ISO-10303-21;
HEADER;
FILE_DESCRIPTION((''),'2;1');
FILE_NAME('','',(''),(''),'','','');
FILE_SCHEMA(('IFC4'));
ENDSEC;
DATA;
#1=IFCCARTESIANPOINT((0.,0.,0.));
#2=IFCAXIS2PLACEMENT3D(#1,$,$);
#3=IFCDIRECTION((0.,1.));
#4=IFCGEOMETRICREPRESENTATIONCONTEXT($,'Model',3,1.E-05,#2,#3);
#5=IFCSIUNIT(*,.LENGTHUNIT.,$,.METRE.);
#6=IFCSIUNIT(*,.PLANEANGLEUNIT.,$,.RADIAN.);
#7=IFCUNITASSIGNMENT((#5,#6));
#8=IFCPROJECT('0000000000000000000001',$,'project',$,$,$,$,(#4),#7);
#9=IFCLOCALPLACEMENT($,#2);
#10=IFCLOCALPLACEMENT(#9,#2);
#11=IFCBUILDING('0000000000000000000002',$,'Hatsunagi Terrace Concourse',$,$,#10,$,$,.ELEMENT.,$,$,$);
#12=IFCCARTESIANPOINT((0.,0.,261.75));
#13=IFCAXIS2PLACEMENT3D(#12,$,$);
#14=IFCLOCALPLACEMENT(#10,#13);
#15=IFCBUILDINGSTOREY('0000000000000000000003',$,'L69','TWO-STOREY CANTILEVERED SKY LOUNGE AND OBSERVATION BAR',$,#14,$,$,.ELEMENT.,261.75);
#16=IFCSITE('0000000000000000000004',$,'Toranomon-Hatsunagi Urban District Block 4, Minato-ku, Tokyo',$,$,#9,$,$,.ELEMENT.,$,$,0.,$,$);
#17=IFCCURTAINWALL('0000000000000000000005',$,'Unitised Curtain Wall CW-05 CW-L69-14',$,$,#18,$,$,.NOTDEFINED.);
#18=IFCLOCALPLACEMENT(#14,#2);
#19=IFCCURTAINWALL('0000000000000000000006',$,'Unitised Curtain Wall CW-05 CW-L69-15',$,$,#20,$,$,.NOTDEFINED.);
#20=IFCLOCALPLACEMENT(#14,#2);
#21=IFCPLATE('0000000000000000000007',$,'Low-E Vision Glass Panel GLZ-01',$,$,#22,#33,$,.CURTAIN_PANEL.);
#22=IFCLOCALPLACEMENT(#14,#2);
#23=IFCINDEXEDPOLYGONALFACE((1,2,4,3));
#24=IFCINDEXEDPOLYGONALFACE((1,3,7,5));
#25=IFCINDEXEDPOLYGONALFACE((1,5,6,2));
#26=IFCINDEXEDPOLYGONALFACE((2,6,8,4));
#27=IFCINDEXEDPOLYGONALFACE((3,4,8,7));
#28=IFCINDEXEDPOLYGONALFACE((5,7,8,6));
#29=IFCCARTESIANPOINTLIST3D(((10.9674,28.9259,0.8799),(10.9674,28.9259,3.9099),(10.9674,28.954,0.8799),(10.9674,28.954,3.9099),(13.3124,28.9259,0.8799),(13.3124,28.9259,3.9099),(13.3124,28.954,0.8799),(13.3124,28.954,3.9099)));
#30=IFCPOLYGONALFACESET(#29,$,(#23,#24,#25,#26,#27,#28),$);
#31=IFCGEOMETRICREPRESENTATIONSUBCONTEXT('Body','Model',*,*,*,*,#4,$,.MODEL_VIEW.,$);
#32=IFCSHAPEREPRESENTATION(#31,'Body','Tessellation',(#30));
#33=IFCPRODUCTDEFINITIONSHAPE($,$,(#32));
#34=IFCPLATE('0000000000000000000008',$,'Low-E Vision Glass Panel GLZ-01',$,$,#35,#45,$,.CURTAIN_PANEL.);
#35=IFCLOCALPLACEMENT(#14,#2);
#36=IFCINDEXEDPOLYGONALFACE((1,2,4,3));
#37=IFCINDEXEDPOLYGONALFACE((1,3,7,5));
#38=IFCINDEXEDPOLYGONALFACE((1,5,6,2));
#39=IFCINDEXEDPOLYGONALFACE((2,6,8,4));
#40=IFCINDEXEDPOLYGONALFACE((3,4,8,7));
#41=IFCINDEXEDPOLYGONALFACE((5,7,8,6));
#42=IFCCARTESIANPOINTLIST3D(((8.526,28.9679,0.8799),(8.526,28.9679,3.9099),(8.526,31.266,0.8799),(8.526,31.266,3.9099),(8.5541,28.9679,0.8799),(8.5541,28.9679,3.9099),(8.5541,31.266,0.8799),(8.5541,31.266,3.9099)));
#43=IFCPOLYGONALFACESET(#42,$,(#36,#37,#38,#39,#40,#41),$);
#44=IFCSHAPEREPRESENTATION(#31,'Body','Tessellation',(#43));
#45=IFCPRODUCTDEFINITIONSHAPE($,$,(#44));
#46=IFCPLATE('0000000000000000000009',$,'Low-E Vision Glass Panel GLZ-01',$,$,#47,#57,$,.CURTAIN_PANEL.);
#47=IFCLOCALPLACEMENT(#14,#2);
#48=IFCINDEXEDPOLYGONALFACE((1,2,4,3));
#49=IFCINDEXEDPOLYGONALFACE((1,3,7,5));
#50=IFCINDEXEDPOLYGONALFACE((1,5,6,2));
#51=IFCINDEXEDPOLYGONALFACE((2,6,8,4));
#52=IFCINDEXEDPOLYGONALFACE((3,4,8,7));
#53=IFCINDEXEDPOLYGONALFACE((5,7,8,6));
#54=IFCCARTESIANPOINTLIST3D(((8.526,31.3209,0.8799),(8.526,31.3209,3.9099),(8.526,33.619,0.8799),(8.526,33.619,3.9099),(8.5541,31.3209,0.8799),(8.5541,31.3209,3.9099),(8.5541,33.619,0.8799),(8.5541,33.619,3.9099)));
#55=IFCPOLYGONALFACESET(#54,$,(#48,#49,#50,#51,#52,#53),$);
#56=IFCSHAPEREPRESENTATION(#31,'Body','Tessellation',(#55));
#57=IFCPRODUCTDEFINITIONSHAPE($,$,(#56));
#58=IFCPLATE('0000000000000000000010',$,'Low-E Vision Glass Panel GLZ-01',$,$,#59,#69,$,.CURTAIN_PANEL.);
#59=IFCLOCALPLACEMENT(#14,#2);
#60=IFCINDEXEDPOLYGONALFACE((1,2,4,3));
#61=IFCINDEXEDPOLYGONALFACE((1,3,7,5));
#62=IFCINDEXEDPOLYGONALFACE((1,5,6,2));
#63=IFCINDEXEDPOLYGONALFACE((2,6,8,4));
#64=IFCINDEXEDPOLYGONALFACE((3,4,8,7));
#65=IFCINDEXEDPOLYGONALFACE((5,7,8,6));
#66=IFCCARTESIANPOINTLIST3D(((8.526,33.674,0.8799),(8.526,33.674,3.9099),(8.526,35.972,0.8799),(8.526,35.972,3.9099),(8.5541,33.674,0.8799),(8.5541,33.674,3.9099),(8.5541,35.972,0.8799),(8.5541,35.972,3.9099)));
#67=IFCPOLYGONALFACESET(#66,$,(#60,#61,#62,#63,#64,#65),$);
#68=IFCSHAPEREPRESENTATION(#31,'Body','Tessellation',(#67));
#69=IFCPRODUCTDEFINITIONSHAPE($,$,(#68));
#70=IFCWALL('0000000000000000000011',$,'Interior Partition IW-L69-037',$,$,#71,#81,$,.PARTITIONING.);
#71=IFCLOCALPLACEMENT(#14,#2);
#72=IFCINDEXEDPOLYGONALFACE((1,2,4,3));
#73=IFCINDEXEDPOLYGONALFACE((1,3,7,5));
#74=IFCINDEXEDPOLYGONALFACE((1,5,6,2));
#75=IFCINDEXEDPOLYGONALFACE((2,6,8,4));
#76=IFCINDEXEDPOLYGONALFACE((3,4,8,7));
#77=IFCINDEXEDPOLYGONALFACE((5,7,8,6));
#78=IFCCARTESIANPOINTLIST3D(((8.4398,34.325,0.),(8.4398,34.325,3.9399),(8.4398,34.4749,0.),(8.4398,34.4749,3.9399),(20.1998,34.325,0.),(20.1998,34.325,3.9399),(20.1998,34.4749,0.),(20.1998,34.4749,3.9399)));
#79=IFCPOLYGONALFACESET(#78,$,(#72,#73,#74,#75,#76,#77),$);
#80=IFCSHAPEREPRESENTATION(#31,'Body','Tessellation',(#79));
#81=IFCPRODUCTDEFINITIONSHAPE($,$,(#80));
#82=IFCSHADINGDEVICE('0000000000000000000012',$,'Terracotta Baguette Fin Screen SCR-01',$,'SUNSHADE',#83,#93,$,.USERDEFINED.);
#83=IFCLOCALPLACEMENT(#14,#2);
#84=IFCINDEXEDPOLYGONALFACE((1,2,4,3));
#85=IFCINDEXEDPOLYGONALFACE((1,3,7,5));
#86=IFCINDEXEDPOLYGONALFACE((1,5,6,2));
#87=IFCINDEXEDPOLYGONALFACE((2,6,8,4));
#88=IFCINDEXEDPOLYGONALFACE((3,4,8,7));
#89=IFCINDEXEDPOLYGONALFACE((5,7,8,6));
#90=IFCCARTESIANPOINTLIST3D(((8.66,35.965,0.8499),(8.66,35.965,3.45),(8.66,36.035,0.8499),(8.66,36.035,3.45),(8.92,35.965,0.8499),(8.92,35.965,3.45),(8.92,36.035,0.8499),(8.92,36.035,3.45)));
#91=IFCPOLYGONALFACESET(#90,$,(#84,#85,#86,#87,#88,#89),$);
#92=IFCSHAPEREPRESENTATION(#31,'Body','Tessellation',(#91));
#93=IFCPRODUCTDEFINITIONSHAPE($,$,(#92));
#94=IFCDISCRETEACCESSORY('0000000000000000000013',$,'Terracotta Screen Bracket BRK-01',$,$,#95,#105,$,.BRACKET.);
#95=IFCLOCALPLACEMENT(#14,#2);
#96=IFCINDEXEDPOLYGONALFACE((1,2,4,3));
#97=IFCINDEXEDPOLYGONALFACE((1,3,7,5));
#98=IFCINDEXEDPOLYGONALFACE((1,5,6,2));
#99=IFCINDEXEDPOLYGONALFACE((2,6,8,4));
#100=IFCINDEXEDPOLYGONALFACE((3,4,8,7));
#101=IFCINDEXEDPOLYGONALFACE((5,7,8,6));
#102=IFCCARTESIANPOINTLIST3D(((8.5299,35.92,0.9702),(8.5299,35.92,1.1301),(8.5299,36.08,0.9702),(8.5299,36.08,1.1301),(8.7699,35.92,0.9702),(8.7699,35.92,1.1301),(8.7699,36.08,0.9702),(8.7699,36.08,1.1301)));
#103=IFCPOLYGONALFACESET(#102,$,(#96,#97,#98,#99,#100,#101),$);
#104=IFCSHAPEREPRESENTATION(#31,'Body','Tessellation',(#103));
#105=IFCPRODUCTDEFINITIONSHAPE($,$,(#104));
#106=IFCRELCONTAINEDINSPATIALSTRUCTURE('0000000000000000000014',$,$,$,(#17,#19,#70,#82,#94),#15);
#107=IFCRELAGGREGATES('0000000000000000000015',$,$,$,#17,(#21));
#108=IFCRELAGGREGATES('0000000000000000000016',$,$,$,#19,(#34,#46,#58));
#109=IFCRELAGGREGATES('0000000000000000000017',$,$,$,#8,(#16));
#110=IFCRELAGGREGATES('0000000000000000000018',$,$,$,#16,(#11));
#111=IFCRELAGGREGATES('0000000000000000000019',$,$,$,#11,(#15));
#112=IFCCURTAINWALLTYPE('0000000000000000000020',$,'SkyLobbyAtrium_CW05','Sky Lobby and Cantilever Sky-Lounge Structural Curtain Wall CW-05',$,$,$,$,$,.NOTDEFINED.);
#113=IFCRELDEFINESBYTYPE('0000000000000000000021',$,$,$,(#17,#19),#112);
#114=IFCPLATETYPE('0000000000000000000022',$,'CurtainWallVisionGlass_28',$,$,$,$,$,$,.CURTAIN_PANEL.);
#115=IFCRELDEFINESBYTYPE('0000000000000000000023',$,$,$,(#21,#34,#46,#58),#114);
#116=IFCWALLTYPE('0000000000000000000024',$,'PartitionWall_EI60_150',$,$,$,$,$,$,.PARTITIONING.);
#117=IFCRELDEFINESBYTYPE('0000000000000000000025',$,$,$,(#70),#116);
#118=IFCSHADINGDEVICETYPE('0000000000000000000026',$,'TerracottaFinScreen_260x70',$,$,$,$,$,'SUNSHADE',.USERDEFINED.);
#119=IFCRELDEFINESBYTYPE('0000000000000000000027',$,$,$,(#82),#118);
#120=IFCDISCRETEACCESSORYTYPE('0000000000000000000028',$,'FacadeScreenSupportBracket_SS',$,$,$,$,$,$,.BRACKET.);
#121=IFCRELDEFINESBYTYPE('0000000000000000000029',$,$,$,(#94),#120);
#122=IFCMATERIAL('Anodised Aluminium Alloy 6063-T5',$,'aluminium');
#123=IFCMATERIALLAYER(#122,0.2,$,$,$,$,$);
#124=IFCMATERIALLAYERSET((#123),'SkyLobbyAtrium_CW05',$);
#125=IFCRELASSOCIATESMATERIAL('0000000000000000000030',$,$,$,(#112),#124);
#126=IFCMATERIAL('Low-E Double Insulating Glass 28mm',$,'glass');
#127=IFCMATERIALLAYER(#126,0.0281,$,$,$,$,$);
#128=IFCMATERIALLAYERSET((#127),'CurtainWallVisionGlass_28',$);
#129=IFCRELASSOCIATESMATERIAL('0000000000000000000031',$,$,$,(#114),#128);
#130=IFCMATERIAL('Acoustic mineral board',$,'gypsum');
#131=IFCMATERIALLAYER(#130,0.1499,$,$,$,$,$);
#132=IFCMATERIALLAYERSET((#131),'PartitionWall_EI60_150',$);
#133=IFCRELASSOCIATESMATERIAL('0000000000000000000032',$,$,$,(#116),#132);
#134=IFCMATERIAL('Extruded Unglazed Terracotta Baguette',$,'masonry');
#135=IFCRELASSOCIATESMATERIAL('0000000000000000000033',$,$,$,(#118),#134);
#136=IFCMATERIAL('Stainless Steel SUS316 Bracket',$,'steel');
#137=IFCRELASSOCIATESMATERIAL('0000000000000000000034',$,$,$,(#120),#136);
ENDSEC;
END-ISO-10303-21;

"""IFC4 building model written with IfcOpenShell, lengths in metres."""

from ifc_helpers import new_model, si_unit, direction, frame, frame_2d, origin, origin_2d, place, context, subcontext, project, spatial, rectangle, extrude, material, layer, layer_set, type_object, element, aggregate, save


model = new_model("IFC4")

# Units and contexts
model_context = context("Model", 3, precision=1e-05, world=origin(), true_north=direction((0.0, 1.0)))
body_context = subcontext(model_context, "Body", "Model", "MODEL_VIEW")
ifc_project = project(units=[si_unit("LENGTHUNIT", "METRE"), si_unit("PLANEANGLEUNIT", "RADIAN")], contexts=[model_context])

# Site, building, storey
site_placement = place(None, origin())
site = spatial("IfcSite", under=ifc_project, at=site_placement, Name="Toranomon-Hatsunagi Urban District Block 4, Minato-ku, Tokyo", CompositionType="ELEMENT", RefElevation=0.0)
building_placement = place(site_placement, origin())
building = spatial("IfcBuilding", under=site, at=building_placement, Name="Hatsunagi Terrace Concourse", CompositionType="ELEMENT")
storey_placement = place(building_placement, frame((0.0, 0.0, 261.75)))
storey = spatial("IfcBuildingStorey", under=building, at=storey_placement, Name="L69", Description="TWO-STOREY CANTILEVERED SKY LOUNGE AND OBSERVATION BAR", CompositionType="ELEMENT", Elevation=261.75)

# Curtain wall
ifc_material_1 = material(Name="Anodised Aluminium Alloy 6063-T5", Category="aluminium")
ifc_layer_1 = layer(ifc_material_1, 0.2)
ifc_layer_set_1 = layer_set([ifc_layer_1], Name="SkyLobbyAtrium_CW05")
curtain_wall_type = type_object("IfcCurtainWallType", Name="SkyLobbyAtrium_CW05", Description="Sky Lobby and Cantilever Sky-Lounge Structural Curtain Wall CW-05", PredefinedType="NOTDEFINED", material=ifc_layer_set_1)
curtain_wall_1_placement = place(storey_placement, origin())
curtain_wall_1 = element("IfcCurtainWall", 1, at=curtain_wall_1_placement, inside=storey, type_object=curtain_wall_type, Name="Unitised Curtain Wall CW-05 CW-L69-14", PredefinedType="NOTDEFINED")

# Curtain wall
curtain_wall_2_placement = place(storey_placement, origin())
curtain_wall_2 = element("IfcCurtainWall", 2, at=curtain_wall_2_placement, inside=storey, type_object=curtain_wall_type, Name="Unitised Curtain Wall CW-05 CW-L69-15", PredefinedType="NOTDEFINED")

# Plates
ifc_material_2 = material(Name="Low-E Double Insulating Glass 28mm", Category="glass")
ifc_layer_2 = layer(ifc_material_2, 0.0281)
ifc_layer_set_2 = layer_set([ifc_layer_2], Name="CurtainWallVisionGlass_28")
plate_type_1 = type_object("IfcPlateType", Name="CurtainWallVisionGlass_28", PredefinedType="CURTAIN_PANEL", material=ifc_layer_set_2)
plate_1_placement = place(storey_placement, frame((12.1399, 28.9399, 0.8799), z_axis=(0.0, 0.0, 1.0), x_axis=(-1.0, 0.0, 0.0)))
plate_1 = element("IfcPlate", 3, at=plate_1_placement, type_object=plate_type_1, Name="Low-E Vision Glass Panel GLZ-01", PredefinedType="CURTAIN_PANEL", context=body_context, shape_type="SweptSolid", body=[
    extrude(rectangle(XDim=2.345, YDim=0.0281, at=origin_2d()), origin(), (0.0, 0.0, 1.0), 3.03),
])
aggregate(curtain_wall_1, [plate_1])
plate_2_placement = place(storey_placement, frame((8.54, 30.1169, 0.8799), z_axis=(0.0, 0.0, 1.0), x_axis=(0.0, 1.0, 0.0)))
plate_2 = element("IfcPlate", 4, at=plate_2_placement, type_object=plate_type_1, Name="Low-E Vision Glass Panel GLZ-01", PredefinedType="CURTAIN_PANEL", context=body_context, shape_type="SweptSolid", body=[
    extrude(rectangle(XDim=2.2981, YDim=0.0281, at=origin_2d()), origin(), (0.0, 0.0, 1.0), 3.03),
])
plate_3_placement = place(storey_placement, frame((8.54, 32.47, 0.8799), z_axis=(0.0, 0.0, 1.0), x_axis=(0.0, 1.0, 0.0)))
plate_3 = element("IfcPlate", 5, at=plate_3_placement, type_object=plate_type_1, Name="Low-E Vision Glass Panel GLZ-01", PredefinedType="CURTAIN_PANEL", context=body_context, shape_type="SweptSolid", body=[
    extrude(rectangle(XDim=2.2981, YDim=0.0281, at=origin_2d()), origin(), (0.0, 0.0, 1.0), 3.03),
])
plate_4_placement = place(storey_placement, frame((8.54, 34.823, 0.8799), z_axis=(0.0, 0.0, 1.0), x_axis=(0.0, 1.0, 0.0)))
plate_4 = element("IfcPlate", 6, at=plate_4_placement, type_object=plate_type_1, Name="Low-E Vision Glass Panel GLZ-01", PredefinedType="CURTAIN_PANEL", context=body_context, shape_type="SweptSolid", body=[
    extrude(rectangle(XDim=2.2981, YDim=0.0281, at=origin_2d()), origin(), (0.0, 0.0, 1.0), 3.03),
])
aggregate(curtain_wall_2, [plate_2, plate_3, plate_4])

# Wall
ifc_material_3 = material(Name="Acoustic mineral board", Category="gypsum")
ifc_layer_3 = layer(ifc_material_3, 0.1499)
ifc_layer_set_3 = layer_set([ifc_layer_3], Name="PartitionWall_EI60_150")
wall_type = type_object("IfcWallType", Name="PartitionWall_EI60_150", PredefinedType="PARTITIONING", material=ifc_layer_set_3)
wall_placement = place(storey_placement, frame((8.4399, 34.3999, 0.0), z_axis=(0.0, 0.0, 1.0), x_axis=(1.0, 0.0, 0.0)))
element("IfcWall", 7, at=wall_placement, inside=storey, type_object=wall_type, Name="Interior Partition IW-L69-037", PredefinedType="PARTITIONING", context=body_context, shape_type="SweptSolid", body=[
    extrude(rectangle(XDim=11.76, YDim=0.1499, at=frame_2d((5.8799, 0.0))), origin(), (0.0, 0.0, 1.0), 3.9399),
])

# Shading device
ifc_material_4 = material(Name="Extruded Unglazed Terracotta Baguette", Category="masonry")
shading_device_type = type_object("IfcShadingDeviceType", Name="TerracottaFinScreen_260x70", ElementType="SUNSHADE", PredefinedType="USERDEFINED", material=ifc_material_4)
shading_device_placement = place(storey_placement, frame((8.79, 36.0, 0.8499), z_axis=(0.0, 0.0, 1.0), x_axis=(0.0, 1.0, 0.0)))
element("IfcShadingDevice", 8, at=shading_device_placement, inside=storey, type_object=shading_device_type, Name="Terracotta Baguette Fin Screen SCR-01", ObjectType="SUNSHADE", PredefinedType="USERDEFINED", context=body_context, shape_type="SweptSolid", body=[
    extrude(rectangle(XDim=0.0701, YDim=0.26, at=origin_2d()), origin(), (0.0, 0.0, 1.0), 2.6001),
])

# Discrete accessory
ifc_material_5 = material(Name="Stainless Steel SUS316 Bracket", Category="steel")
discrete_accessory_type = type_object("IfcDiscreteAccessoryType", Name="FacadeScreenSupportBracket_SS", PredefinedType="BRACKET", material=ifc_material_5)
discrete_accessory_placement = place(storey_placement, frame((8.6499, 36.0, 0.9702), z_axis=(0.0, 0.0, 1.0), x_axis=(0.0, 1.0, 0.0)))
element("IfcDiscreteAccessory", 9, at=discrete_accessory_placement, inside=storey, type_object=discrete_accessory_type, Name="Terracotta Screen Bracket BRK-01", PredefinedType="BRACKET", context=body_context, shape_type="SweptSolid", body=[
    extrude(rectangle(XDim=0.1599, YDim=0.24, at=origin_2d()), origin(), (0.0, 0.0, 1.0), 0.1599),
])

save(model, "model.ifc")
